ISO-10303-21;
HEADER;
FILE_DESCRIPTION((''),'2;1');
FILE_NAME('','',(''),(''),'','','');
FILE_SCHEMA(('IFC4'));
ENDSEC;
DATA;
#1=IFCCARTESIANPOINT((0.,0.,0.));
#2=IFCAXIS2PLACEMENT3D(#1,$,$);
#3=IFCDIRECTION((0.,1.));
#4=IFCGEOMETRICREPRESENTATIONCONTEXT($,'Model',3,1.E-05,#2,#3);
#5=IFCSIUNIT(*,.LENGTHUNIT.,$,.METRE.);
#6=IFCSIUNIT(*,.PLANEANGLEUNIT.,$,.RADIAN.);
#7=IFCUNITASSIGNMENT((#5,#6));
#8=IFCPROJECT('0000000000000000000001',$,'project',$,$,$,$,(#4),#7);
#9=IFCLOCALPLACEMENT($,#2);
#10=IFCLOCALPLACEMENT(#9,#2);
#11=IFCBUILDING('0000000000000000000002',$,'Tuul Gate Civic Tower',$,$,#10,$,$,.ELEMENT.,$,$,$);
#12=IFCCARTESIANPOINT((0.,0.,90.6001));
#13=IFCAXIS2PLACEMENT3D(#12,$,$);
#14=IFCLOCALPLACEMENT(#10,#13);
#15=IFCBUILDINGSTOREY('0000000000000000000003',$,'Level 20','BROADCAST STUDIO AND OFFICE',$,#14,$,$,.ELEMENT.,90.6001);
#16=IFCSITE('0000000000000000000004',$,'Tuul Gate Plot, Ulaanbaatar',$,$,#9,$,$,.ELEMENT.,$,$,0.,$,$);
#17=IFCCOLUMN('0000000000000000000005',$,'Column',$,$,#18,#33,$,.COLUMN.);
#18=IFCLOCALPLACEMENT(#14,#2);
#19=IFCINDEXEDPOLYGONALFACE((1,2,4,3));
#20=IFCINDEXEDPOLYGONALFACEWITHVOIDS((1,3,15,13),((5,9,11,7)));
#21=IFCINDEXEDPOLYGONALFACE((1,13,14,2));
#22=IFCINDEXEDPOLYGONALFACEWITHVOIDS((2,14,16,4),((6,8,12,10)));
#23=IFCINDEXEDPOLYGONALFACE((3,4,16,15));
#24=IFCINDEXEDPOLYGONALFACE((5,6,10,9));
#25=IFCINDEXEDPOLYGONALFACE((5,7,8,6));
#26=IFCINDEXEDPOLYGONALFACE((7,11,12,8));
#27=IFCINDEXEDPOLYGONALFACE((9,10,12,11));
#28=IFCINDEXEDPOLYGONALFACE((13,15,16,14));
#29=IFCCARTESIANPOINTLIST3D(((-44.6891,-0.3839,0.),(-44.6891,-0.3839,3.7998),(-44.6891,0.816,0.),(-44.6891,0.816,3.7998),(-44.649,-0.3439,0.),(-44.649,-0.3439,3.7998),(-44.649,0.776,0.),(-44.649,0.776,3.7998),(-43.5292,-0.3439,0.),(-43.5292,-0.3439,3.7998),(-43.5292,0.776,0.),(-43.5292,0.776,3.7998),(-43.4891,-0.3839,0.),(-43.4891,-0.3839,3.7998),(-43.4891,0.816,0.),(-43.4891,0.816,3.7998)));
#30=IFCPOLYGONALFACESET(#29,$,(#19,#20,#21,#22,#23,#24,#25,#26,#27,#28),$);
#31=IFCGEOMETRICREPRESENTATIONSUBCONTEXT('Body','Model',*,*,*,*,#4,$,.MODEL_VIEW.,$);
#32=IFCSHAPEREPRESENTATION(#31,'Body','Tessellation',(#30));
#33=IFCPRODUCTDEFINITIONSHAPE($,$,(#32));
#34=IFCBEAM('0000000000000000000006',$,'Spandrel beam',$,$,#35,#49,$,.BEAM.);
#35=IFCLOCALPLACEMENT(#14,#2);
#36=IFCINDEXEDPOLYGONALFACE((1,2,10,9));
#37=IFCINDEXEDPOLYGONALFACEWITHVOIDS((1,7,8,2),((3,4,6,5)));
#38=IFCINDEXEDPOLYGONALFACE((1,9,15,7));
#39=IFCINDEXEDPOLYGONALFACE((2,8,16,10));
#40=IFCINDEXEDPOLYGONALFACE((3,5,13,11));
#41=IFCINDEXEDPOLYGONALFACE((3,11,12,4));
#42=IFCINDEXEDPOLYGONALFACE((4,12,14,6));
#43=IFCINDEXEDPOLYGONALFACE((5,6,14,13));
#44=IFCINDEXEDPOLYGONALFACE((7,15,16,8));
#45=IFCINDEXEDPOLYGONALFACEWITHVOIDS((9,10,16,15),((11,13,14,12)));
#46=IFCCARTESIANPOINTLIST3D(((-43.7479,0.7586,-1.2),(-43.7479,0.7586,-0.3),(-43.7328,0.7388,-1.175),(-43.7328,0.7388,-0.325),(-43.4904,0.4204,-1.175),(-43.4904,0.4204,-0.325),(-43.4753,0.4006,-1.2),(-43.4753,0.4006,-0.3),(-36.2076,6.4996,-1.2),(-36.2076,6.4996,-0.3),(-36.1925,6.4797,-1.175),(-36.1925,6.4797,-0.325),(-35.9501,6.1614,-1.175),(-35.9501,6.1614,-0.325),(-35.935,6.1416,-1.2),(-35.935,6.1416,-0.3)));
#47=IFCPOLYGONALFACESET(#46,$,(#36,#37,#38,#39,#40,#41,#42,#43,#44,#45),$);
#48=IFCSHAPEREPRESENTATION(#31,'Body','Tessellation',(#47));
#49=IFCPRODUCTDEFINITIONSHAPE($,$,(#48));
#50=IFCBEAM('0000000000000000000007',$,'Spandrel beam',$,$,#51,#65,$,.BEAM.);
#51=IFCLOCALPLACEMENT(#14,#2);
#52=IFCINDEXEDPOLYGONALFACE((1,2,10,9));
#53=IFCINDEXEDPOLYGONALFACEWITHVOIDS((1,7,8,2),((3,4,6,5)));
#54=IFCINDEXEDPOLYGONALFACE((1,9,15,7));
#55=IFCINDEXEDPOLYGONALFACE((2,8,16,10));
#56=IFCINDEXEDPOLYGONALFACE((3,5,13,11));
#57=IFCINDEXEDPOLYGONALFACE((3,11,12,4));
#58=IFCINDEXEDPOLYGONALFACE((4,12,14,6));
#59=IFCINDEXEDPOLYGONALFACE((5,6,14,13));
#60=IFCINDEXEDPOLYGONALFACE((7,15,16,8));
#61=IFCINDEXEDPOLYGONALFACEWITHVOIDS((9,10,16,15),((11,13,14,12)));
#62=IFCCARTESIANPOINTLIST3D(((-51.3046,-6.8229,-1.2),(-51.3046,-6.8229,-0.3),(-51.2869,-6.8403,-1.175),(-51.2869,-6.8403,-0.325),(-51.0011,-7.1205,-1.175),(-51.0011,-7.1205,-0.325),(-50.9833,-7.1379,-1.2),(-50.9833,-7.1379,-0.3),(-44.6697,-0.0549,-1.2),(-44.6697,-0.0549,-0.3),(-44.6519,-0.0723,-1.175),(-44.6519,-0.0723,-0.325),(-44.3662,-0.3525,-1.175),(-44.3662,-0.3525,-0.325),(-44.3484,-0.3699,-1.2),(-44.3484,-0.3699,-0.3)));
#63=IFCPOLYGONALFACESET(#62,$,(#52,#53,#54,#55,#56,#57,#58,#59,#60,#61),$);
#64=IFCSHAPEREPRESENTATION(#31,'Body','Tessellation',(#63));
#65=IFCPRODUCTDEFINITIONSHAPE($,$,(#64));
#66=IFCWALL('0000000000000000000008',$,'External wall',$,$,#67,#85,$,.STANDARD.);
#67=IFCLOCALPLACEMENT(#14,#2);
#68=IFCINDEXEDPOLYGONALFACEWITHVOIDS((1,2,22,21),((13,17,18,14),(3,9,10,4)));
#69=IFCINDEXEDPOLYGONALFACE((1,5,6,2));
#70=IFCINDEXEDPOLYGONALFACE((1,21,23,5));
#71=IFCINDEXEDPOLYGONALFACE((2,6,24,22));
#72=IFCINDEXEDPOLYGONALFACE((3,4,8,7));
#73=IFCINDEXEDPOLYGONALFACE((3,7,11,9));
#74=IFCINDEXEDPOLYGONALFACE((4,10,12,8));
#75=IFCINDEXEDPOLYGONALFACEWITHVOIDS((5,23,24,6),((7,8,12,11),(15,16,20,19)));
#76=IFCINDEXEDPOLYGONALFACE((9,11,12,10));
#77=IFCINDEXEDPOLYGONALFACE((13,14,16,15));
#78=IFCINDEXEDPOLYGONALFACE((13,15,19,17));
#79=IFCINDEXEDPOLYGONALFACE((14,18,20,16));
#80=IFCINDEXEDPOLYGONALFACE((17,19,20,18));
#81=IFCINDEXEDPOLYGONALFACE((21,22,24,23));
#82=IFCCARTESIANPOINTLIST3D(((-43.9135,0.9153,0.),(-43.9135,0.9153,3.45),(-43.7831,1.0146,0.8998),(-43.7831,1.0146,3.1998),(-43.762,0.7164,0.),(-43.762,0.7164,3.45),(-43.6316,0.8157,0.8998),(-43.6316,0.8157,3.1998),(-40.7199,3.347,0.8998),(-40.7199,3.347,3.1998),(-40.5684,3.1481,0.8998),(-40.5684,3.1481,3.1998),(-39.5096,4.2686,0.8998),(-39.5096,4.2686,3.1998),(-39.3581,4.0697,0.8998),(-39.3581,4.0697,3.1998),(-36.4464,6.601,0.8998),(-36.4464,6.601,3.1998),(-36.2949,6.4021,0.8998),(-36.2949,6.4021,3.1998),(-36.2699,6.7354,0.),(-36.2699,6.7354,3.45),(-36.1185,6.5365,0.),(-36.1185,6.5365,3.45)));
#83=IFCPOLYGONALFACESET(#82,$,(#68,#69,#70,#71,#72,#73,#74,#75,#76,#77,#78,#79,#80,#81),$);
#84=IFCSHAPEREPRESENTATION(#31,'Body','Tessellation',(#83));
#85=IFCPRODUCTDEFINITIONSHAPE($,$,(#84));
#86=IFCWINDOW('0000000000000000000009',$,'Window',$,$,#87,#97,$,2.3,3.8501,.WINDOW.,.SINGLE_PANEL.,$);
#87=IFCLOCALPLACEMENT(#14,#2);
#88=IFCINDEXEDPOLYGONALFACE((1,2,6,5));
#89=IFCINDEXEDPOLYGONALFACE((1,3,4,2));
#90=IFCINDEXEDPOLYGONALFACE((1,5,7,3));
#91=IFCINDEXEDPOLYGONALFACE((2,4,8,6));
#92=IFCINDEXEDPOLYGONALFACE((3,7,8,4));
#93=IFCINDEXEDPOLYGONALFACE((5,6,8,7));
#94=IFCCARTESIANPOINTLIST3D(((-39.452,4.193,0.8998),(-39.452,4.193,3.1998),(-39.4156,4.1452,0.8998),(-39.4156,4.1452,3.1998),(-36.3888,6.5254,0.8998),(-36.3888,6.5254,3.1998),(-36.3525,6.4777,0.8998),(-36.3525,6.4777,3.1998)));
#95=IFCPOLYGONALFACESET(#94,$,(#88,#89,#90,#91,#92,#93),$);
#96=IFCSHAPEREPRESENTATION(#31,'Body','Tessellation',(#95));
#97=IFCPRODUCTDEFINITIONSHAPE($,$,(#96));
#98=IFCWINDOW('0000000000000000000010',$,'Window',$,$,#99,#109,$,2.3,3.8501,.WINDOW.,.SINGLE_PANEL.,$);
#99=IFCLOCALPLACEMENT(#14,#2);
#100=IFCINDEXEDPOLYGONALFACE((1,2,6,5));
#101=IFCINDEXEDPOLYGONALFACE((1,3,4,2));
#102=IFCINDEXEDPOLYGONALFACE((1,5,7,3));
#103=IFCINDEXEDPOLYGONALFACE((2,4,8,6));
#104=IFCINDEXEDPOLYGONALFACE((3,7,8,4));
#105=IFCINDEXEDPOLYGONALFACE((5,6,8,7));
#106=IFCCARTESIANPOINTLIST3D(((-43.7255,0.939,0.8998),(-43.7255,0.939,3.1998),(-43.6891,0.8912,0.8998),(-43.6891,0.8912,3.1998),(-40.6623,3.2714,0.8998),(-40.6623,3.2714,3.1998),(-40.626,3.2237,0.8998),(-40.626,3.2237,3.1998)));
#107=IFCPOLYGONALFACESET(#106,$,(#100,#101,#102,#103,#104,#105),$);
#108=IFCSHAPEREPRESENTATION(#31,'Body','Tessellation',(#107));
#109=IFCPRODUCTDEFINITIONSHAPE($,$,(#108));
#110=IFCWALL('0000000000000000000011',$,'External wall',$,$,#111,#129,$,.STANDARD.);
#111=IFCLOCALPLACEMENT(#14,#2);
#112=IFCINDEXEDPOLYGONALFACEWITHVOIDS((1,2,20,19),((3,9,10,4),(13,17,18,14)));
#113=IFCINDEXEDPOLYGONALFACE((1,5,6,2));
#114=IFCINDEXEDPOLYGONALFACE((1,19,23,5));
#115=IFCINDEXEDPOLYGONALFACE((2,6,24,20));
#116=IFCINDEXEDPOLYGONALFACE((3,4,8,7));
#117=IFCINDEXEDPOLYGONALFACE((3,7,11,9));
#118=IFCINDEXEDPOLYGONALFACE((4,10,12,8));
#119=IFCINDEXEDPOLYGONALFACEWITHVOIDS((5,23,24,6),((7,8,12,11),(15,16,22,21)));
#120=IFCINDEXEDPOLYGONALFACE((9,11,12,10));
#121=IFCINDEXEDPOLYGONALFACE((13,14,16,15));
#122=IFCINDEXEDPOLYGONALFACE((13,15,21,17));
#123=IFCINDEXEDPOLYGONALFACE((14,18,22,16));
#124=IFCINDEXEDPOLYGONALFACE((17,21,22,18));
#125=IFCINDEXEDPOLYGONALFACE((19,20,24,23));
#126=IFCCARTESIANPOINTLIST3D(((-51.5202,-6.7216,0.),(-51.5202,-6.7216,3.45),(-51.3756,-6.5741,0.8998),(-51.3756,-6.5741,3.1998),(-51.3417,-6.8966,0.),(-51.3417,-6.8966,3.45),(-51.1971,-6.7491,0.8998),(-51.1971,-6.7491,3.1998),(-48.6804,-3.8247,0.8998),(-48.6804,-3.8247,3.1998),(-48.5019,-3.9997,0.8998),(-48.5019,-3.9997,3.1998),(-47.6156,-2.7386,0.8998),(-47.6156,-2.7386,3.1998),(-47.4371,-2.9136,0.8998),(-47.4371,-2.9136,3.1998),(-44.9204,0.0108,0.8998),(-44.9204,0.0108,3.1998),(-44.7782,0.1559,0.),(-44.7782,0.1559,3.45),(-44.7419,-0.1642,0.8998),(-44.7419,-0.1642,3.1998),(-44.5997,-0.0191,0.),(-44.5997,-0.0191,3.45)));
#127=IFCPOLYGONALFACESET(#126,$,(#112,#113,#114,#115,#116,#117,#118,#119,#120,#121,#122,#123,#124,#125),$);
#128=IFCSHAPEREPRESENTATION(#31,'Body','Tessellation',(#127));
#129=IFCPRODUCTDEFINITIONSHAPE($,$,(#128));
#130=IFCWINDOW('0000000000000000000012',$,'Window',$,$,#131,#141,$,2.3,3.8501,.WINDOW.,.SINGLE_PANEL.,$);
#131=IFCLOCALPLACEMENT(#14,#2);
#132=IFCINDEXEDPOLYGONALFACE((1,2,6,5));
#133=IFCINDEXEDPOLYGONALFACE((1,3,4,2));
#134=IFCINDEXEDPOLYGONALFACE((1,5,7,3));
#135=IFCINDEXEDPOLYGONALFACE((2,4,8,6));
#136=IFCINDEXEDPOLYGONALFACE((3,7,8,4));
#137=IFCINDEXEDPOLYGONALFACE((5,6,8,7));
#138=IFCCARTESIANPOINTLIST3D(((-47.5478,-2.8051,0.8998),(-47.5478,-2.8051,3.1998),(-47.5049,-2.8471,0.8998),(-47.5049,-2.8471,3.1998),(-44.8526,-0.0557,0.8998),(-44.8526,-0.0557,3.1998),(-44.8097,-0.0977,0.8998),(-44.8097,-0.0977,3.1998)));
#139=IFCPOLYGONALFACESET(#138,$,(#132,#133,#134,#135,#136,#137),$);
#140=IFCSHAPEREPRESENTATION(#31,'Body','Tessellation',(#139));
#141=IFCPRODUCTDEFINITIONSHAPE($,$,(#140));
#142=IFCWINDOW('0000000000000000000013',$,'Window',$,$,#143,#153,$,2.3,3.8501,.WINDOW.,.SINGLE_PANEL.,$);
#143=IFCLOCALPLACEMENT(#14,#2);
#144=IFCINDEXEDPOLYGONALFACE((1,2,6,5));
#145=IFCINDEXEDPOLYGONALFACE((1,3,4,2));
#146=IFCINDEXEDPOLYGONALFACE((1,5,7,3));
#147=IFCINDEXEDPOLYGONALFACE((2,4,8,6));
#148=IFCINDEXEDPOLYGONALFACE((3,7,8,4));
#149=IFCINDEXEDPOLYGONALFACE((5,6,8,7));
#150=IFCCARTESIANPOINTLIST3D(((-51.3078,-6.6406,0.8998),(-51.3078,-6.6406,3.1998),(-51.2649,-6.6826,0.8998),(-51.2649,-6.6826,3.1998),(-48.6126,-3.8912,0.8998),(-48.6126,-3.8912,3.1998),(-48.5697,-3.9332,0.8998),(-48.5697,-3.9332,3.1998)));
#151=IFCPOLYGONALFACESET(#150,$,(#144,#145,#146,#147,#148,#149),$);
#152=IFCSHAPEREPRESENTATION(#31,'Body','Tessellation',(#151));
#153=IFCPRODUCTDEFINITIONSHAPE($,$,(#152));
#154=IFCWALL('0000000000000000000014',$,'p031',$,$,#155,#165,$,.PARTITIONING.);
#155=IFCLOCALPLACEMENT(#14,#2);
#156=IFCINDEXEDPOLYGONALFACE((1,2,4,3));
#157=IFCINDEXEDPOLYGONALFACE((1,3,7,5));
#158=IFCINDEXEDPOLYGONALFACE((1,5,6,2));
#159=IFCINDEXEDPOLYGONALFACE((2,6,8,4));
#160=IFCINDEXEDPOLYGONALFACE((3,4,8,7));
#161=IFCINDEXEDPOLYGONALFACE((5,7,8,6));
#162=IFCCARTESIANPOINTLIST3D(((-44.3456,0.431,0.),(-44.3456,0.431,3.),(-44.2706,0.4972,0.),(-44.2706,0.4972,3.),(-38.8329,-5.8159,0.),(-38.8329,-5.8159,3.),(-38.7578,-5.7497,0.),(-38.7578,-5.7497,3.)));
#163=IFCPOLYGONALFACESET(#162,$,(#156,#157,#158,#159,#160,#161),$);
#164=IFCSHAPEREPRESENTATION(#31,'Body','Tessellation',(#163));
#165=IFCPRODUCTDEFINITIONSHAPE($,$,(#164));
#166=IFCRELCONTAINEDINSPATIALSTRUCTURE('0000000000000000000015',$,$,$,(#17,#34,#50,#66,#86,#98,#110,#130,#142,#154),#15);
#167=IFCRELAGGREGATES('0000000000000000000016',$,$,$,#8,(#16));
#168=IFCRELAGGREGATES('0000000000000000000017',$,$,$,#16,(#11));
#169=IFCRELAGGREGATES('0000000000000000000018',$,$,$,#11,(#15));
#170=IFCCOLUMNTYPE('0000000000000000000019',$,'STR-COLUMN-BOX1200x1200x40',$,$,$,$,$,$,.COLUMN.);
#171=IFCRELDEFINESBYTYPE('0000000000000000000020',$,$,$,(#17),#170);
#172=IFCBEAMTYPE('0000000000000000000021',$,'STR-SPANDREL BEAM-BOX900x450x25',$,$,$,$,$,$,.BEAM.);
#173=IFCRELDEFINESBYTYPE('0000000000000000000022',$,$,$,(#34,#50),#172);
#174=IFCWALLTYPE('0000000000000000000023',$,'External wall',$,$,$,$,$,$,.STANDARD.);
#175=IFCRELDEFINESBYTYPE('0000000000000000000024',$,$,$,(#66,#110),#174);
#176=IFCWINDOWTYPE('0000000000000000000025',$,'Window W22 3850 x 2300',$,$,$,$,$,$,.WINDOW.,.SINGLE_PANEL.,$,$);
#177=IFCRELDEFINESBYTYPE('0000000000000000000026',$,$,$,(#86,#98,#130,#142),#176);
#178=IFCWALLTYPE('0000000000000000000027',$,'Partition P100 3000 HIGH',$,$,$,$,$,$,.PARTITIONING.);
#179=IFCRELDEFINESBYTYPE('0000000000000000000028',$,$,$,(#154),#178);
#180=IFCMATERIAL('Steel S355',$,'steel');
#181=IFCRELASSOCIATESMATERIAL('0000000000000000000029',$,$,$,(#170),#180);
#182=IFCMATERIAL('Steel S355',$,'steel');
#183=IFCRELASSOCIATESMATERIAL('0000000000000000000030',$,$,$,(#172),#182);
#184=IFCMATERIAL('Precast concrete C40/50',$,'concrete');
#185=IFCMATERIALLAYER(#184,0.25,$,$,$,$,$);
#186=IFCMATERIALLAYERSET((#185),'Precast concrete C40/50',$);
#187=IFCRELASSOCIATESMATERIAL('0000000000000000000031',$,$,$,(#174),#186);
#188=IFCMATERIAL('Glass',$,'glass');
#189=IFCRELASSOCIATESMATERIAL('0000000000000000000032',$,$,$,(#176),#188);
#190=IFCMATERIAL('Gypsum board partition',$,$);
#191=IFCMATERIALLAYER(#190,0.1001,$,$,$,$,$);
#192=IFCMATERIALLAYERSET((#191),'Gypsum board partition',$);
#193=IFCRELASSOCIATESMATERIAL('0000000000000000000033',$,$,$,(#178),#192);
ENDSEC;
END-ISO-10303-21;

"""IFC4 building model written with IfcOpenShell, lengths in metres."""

from ifc_helpers import new_model, si_unit, direction, frame, frame_2d, origin, origin_2d, place, context, subcontext, project, spatial, rectangle, hollow_rectangle, extrude, material, layer, layer_set, material_profile, profile_set, type_object, element, fill, save


model = new_model("IFC4")

# Units and contexts
model_context = context("Model", 3, precision=1e-05, world=origin(), true_north=direction((0.0, 1.0)))
body_context = subcontext(model_context, "Body", "Model", "MODEL_VIEW")
ifc_project = project(units=[si_unit("LENGTHUNIT", "METRE"), si_unit("PLANEANGLEUNIT", "RADIAN")], contexts=[model_context])

# Site, building, storey
site_placement = place(None, origin())
site = spatial("IfcSite", under=ifc_project, at=site_placement, Name="Tuul Gate Plot, Ulaanbaatar", CompositionType="ELEMENT", RefElevation=0.0)
building_placement = place(site_placement, origin())
building = spatial("IfcBuilding", under=site, at=building_placement, Name="Tuul Gate Civic Tower", CompositionType="ELEMENT")
storey_placement = place(building_placement, frame((0.0, 0.0, 90.6001)))
storey = spatial("IfcBuildingStorey", under=building, at=storey_placement, Name="Level 20", Description="BROADCAST STUDIO AND OFFICE", CompositionType="ELEMENT", Elevation=90.6001)

# Column
ifc_material_1 = material(Name="Steel S355", Category="steel")
ifc_material_profile_1 = material_profile(ifc_material_1, hollow_rectangle(XDim=1.2, YDim=1.2, WallThickness=0.04, at=origin_2d()), Name="BOX1200x1200x40")
ifc_profile_set_1 = profile_set([ifc_material_profile_1], Name="Steel S355")
column_type = type_object("IfcColumnType", Name="STR-COLUMN-BOX1200x1200x40", PredefinedType="COLUMN", material=ifc_profile_set_1)
column_placement = place(storey_placement, frame((-44.0891, 0.2161, 0.0), z_axis=(0.0, 0.0, 1.0), x_axis=(1.0, 0.0, 0.0)))
element("IfcColumn", 1, at=column_placement, inside=storey, type_object=column_type, Name="Column", PredefinedType="COLUMN", context=body_context, shape_type="SweptSolid", body=[
    extrude(hollow_rectangle(XDim=1.2, YDim=1.2, WallThickness=0.04, at=origin_2d()), origin(), (0.0, 0.0, 1.0), 3.7998),
])

# Beams
ifc_material_2 = material(Name="Steel S355", Category="steel")
ifc_material_profile_2 = material_profile(ifc_material_2, hollow_rectangle(XDim=0.45, YDim=0.8999, WallThickness=0.0249, at=origin_2d()), Name="BOX900x450x25")
ifc_profile_set_2 = profile_set([ifc_material_profile_2], Name="Steel S355")
beam_type = type_object("IfcBeamType", Name="STR-SPANDREL BEAM-BOX900x450x25", PredefinedType="BEAM", material=ifc_profile_set_2)
beam_1_placement = place(storey_placement, frame((-36.0713, 6.3206, -0.75), z_axis=(-0.795636, -0.605775, 0.0), x_axis=(0.605775, -0.795636, 0.0)))
element("IfcBeam", 2, at=beam_1_placement, inside=storey, type_object=beam_type, Name="Spandrel beam", PredefinedType="BEAM", context=body_context, shape_type="SweptSolid", body=[
    extrude(hollow_rectangle(XDim=0.45, YDim=0.8999, WallThickness=0.0249, at=origin_2d()), origin(), (0.0, 0.0, 1.0), 9.4771),
])
beam_2_placement = place(storey_placement, frame((-44.509, -0.2124, -0.75), z_axis=(-0.700053, -0.714091, 0.0), x_axis=(0.714091, -0.700053, 0.0)))
element("IfcBeam", 3, at=beam_2_placement, inside=storey, type_object=beam_type, Name="Spandrel beam", PredefinedType="BEAM", context=body_context, shape_type="SweptSolid", body=[
    extrude(hollow_rectangle(XDim=0.45, YDim=0.8999, WallThickness=0.0249, at=origin_2d()), origin(), (0.0, 0.0, 1.0), 9.4778),
])

# Walls, openings, windows
ifc_material_3 = material(Name="Precast concrete C40/50", Category="concrete")
ifc_layer_1 = layer(ifc_material_3, 0.25)
ifc_layer_set_1 = layer_set([ifc_layer_1], Name="Precast concrete C40/50")
wall_type_1 = type_object("IfcWallType", Name="External wall", PredefinedType="STANDARD", material=ifc_layer_set_1)
wall_1_placement = place(storey_placement, frame((-36.1941, 6.636, 0.0), z_axis=(0.0, 0.0, 1.0), x_axis=(-0.795612, -0.605807, 0.0)))
wall_1 = element("IfcWall", 4, at=wall_1_placement, inside=storey, type_object=wall_type_1, Name="External wall", PredefinedType="STANDARD", context=body_context, shape_type="SweptSolid", body=[
    extrude(rectangle(XDim=9.6072, YDim=0.25, at=frame_2d((4.8037, 0.0))), origin(), (0.0, 0.0, 1.0), 3.45),
])
opening_1_placement = place(wall_1_placement, frame((0.2219, 0.0, 0.8999)))
opening_1 = element("IfcOpeningElement", 5, at=opening_1_placement, cuts=wall_1, PredefinedType="OPENING", context=body_context, shape_type="SweptSolid", body=[
    extrude(rectangle(XDim=3.8501, YDim=2.3, at=frame_2d((1.925, 1.1499))), frame((0.0, 0.135, 0.0), z_axis=(0.0, -1.0, 0.0), x_axis=(1.0, 0.0, 0.0)), (0.0, 0.0, 1.0), 0.27),
])
opening_2_placement = place(wall_1_placement, frame((5.5933, 0.0, 0.8999)))
opening_2 = element("IfcOpeningElement", 6, at=opening_2_placement, cuts=wall_1, PredefinedType="OPENING", context=body_context, shape_type="SweptSolid", body=[
    extrude(rectangle(XDim=3.8501, YDim=2.3, at=frame_2d((1.925, 1.1499))), frame((0.0, 0.135, 0.0), z_axis=(0.0, -1.0, 0.0), x_axis=(1.0, 0.0, 0.0)), (0.0, 0.0, 1.0), 0.27),
])
ifc_material_4 = material(Name="Glass", Category="glass")
window_type = type_object("IfcWindowType", Name="Window W22 3850 x 2300", PartitioningType="SINGLE_PANEL", PredefinedType="WINDOW", material=ifc_material_4)
window_1_placement = place(opening_1_placement, origin())
window_1 = element("IfcWindow", 7, at=window_1_placement, inside=storey, type_object=window_type, Name="Window", OverallHeight=2.3, OverallWidth=3.8501, PartitioningType="SINGLE_PANEL", PredefinedType="WINDOW", context=body_context, shape_type="SweptSolid", body=[
    extrude(rectangle(XDim=3.8501, YDim=2.3, at=frame_2d((1.925, 1.1499))), frame((0.0, 0.03, 0.0), z_axis=(0.0, -1.0, 0.0), x_axis=(1.0, 0.0, 0.0)), (0.0, 0.0, 1.0), 0.0601),
])
fill(opening_1, window_1)
window_2_placement = place(opening_2_placement, origin())
window_2 = element("IfcWindow", 8, at=window_2_placement, inside=storey, type_object=window_type, Name="Window", OverallHeight=2.3, OverallWidth=3.8501, PartitioningType="SINGLE_PANEL", PredefinedType="WINDOW", context=body_context, shape_type="SweptSolid", body=[
    extrude(rectangle(XDim=3.8501, YDim=2.3, at=frame_2d((1.925, 1.1499))), frame((0.0, 0.03, 0.0), z_axis=(0.0, -1.0, 0.0), x_axis=(1.0, 0.0, 0.0)), (0.0, 0.0, 1.0), 0.0601),
])
fill(opening_2, window_2)
wall_2_placement = place(storey_placement, frame((-44.689, 0.0684, 0.0), z_axis=(0.0, 0.0, 1.0), x_axis=(-0.700037, -0.714106, 0.0)))
wall_2 = element("IfcWall", 9, at=wall_2_placement, inside=storey, type_object=wall_type_1, Name="External wall", PredefinedType="STANDARD", context=body_context, shape_type="SweptSolid", body=[
    extrude(rectangle(XDim=9.6309, YDim=0.25, at=frame_2d((4.8154, 0.0))), origin(), (0.0, 0.0, 1.0), 3.45),
])
opening_3_placement = place(wall_2_placement, frame((0.2031, 0.0, 0.8999)))
opening_3 = element("IfcOpeningElement", 10, at=opening_3_placement, cuts=wall_2, PredefinedType="OPENING", context=body_context, shape_type="SweptSolid", body=[
    extrude(rectangle(XDim=3.8501, YDim=2.3, at=frame_2d((1.925, 1.1499))), frame((0.0, 0.135, 0.0), z_axis=(0.0, -1.0, 0.0), x_axis=(1.0, 0.0, 0.0)), (0.0, 0.0, 1.0), 0.27),
])
opening_4_placement = place(wall_2_placement, frame((5.5742, 0.0, 0.8999)))
opening_4 = element("IfcOpeningElement", 11, at=opening_4_placement, cuts=wall_2, PredefinedType="OPENING", context=body_context, shape_type="SweptSolid", body=[
    extrude(rectangle(XDim=3.8501, YDim=2.3, at=frame_2d((1.925, 1.1499))), frame((0.0, 0.135, 0.0), z_axis=(0.0, -1.0, 0.0), x_axis=(1.0, 0.0, 0.0)), (0.0, 0.0, 1.0), 0.27),
])
window_3_placement = place(opening_3_placement, origin())
window_3 = element("IfcWindow", 12, at=window_3_placement, inside=storey, type_object=window_type, Name="Window", OverallHeight=2.3, OverallWidth=3.8501, PartitioningType="SINGLE_PANEL", PredefinedType="WINDOW", context=body_context, shape_type="SweptSolid", body=[
    extrude(rectangle(XDim=3.8501, YDim=2.3, at=frame_2d((1.925, 1.1499))), frame((0.0, 0.03, 0.0), z_axis=(0.0, -1.0, 0.0), x_axis=(1.0, 0.0, 0.0)), (0.0, 0.0, 1.0), 0.0601),
])
fill(opening_3, window_3)
window_4_placement = place(opening_4_placement, origin())
window_4 = element("IfcWindow", 13, at=window_4_placement, inside=storey, type_object=window_type, Name="Window", OverallHeight=2.3, OverallWidth=3.8501, PartitioningType="SINGLE_PANEL", PredefinedType="WINDOW", context=body_context, shape_type="SweptSolid", body=[
    extrude(rectangle(XDim=3.8501, YDim=2.3, at=frame_2d((1.925, 1.1499))), frame((0.0, 0.03, 0.0), z_axis=(0.0, -1.0, 0.0), x_axis=(1.0, 0.0, 0.0)), (0.0, 0.0, 1.0), 0.0601),
])
fill(opening_4, window_4)

# Wall
ifc_material_5 = material(Name="Gypsum board partition")
ifc_layer_2 = layer(ifc_material_5, 0.1001)
ifc_layer_set_2 = layer_set([ifc_layer_2], Name="Gypsum board partition")
wall_type_2 = type_object("IfcWallType", Name="Partition P100 3000 HIGH", PredefinedType="PARTITIONING", material=ifc_layer_set_2)
wall_3_placement = place(storey_placement, frame((-44.3081, 0.4641, 0.0), z_axis=(0.0, 0.0, 1.0), x_axis=(0.661675, -0.749791, 0.0)))
element("IfcWall", 14, at=wall_3_placement, inside=storey, type_object=wall_type_2, Name="p031", PredefinedType="PARTITIONING", context=body_context, shape_type="SweptSolid", body=[
    extrude(rectangle(XDim=8.3315, YDim=0.1001, at=frame_2d((4.1658, 0.0))), origin(), (0.0, 0.0, 1.0), 3.0),
])

save(model, "model.ifc")
